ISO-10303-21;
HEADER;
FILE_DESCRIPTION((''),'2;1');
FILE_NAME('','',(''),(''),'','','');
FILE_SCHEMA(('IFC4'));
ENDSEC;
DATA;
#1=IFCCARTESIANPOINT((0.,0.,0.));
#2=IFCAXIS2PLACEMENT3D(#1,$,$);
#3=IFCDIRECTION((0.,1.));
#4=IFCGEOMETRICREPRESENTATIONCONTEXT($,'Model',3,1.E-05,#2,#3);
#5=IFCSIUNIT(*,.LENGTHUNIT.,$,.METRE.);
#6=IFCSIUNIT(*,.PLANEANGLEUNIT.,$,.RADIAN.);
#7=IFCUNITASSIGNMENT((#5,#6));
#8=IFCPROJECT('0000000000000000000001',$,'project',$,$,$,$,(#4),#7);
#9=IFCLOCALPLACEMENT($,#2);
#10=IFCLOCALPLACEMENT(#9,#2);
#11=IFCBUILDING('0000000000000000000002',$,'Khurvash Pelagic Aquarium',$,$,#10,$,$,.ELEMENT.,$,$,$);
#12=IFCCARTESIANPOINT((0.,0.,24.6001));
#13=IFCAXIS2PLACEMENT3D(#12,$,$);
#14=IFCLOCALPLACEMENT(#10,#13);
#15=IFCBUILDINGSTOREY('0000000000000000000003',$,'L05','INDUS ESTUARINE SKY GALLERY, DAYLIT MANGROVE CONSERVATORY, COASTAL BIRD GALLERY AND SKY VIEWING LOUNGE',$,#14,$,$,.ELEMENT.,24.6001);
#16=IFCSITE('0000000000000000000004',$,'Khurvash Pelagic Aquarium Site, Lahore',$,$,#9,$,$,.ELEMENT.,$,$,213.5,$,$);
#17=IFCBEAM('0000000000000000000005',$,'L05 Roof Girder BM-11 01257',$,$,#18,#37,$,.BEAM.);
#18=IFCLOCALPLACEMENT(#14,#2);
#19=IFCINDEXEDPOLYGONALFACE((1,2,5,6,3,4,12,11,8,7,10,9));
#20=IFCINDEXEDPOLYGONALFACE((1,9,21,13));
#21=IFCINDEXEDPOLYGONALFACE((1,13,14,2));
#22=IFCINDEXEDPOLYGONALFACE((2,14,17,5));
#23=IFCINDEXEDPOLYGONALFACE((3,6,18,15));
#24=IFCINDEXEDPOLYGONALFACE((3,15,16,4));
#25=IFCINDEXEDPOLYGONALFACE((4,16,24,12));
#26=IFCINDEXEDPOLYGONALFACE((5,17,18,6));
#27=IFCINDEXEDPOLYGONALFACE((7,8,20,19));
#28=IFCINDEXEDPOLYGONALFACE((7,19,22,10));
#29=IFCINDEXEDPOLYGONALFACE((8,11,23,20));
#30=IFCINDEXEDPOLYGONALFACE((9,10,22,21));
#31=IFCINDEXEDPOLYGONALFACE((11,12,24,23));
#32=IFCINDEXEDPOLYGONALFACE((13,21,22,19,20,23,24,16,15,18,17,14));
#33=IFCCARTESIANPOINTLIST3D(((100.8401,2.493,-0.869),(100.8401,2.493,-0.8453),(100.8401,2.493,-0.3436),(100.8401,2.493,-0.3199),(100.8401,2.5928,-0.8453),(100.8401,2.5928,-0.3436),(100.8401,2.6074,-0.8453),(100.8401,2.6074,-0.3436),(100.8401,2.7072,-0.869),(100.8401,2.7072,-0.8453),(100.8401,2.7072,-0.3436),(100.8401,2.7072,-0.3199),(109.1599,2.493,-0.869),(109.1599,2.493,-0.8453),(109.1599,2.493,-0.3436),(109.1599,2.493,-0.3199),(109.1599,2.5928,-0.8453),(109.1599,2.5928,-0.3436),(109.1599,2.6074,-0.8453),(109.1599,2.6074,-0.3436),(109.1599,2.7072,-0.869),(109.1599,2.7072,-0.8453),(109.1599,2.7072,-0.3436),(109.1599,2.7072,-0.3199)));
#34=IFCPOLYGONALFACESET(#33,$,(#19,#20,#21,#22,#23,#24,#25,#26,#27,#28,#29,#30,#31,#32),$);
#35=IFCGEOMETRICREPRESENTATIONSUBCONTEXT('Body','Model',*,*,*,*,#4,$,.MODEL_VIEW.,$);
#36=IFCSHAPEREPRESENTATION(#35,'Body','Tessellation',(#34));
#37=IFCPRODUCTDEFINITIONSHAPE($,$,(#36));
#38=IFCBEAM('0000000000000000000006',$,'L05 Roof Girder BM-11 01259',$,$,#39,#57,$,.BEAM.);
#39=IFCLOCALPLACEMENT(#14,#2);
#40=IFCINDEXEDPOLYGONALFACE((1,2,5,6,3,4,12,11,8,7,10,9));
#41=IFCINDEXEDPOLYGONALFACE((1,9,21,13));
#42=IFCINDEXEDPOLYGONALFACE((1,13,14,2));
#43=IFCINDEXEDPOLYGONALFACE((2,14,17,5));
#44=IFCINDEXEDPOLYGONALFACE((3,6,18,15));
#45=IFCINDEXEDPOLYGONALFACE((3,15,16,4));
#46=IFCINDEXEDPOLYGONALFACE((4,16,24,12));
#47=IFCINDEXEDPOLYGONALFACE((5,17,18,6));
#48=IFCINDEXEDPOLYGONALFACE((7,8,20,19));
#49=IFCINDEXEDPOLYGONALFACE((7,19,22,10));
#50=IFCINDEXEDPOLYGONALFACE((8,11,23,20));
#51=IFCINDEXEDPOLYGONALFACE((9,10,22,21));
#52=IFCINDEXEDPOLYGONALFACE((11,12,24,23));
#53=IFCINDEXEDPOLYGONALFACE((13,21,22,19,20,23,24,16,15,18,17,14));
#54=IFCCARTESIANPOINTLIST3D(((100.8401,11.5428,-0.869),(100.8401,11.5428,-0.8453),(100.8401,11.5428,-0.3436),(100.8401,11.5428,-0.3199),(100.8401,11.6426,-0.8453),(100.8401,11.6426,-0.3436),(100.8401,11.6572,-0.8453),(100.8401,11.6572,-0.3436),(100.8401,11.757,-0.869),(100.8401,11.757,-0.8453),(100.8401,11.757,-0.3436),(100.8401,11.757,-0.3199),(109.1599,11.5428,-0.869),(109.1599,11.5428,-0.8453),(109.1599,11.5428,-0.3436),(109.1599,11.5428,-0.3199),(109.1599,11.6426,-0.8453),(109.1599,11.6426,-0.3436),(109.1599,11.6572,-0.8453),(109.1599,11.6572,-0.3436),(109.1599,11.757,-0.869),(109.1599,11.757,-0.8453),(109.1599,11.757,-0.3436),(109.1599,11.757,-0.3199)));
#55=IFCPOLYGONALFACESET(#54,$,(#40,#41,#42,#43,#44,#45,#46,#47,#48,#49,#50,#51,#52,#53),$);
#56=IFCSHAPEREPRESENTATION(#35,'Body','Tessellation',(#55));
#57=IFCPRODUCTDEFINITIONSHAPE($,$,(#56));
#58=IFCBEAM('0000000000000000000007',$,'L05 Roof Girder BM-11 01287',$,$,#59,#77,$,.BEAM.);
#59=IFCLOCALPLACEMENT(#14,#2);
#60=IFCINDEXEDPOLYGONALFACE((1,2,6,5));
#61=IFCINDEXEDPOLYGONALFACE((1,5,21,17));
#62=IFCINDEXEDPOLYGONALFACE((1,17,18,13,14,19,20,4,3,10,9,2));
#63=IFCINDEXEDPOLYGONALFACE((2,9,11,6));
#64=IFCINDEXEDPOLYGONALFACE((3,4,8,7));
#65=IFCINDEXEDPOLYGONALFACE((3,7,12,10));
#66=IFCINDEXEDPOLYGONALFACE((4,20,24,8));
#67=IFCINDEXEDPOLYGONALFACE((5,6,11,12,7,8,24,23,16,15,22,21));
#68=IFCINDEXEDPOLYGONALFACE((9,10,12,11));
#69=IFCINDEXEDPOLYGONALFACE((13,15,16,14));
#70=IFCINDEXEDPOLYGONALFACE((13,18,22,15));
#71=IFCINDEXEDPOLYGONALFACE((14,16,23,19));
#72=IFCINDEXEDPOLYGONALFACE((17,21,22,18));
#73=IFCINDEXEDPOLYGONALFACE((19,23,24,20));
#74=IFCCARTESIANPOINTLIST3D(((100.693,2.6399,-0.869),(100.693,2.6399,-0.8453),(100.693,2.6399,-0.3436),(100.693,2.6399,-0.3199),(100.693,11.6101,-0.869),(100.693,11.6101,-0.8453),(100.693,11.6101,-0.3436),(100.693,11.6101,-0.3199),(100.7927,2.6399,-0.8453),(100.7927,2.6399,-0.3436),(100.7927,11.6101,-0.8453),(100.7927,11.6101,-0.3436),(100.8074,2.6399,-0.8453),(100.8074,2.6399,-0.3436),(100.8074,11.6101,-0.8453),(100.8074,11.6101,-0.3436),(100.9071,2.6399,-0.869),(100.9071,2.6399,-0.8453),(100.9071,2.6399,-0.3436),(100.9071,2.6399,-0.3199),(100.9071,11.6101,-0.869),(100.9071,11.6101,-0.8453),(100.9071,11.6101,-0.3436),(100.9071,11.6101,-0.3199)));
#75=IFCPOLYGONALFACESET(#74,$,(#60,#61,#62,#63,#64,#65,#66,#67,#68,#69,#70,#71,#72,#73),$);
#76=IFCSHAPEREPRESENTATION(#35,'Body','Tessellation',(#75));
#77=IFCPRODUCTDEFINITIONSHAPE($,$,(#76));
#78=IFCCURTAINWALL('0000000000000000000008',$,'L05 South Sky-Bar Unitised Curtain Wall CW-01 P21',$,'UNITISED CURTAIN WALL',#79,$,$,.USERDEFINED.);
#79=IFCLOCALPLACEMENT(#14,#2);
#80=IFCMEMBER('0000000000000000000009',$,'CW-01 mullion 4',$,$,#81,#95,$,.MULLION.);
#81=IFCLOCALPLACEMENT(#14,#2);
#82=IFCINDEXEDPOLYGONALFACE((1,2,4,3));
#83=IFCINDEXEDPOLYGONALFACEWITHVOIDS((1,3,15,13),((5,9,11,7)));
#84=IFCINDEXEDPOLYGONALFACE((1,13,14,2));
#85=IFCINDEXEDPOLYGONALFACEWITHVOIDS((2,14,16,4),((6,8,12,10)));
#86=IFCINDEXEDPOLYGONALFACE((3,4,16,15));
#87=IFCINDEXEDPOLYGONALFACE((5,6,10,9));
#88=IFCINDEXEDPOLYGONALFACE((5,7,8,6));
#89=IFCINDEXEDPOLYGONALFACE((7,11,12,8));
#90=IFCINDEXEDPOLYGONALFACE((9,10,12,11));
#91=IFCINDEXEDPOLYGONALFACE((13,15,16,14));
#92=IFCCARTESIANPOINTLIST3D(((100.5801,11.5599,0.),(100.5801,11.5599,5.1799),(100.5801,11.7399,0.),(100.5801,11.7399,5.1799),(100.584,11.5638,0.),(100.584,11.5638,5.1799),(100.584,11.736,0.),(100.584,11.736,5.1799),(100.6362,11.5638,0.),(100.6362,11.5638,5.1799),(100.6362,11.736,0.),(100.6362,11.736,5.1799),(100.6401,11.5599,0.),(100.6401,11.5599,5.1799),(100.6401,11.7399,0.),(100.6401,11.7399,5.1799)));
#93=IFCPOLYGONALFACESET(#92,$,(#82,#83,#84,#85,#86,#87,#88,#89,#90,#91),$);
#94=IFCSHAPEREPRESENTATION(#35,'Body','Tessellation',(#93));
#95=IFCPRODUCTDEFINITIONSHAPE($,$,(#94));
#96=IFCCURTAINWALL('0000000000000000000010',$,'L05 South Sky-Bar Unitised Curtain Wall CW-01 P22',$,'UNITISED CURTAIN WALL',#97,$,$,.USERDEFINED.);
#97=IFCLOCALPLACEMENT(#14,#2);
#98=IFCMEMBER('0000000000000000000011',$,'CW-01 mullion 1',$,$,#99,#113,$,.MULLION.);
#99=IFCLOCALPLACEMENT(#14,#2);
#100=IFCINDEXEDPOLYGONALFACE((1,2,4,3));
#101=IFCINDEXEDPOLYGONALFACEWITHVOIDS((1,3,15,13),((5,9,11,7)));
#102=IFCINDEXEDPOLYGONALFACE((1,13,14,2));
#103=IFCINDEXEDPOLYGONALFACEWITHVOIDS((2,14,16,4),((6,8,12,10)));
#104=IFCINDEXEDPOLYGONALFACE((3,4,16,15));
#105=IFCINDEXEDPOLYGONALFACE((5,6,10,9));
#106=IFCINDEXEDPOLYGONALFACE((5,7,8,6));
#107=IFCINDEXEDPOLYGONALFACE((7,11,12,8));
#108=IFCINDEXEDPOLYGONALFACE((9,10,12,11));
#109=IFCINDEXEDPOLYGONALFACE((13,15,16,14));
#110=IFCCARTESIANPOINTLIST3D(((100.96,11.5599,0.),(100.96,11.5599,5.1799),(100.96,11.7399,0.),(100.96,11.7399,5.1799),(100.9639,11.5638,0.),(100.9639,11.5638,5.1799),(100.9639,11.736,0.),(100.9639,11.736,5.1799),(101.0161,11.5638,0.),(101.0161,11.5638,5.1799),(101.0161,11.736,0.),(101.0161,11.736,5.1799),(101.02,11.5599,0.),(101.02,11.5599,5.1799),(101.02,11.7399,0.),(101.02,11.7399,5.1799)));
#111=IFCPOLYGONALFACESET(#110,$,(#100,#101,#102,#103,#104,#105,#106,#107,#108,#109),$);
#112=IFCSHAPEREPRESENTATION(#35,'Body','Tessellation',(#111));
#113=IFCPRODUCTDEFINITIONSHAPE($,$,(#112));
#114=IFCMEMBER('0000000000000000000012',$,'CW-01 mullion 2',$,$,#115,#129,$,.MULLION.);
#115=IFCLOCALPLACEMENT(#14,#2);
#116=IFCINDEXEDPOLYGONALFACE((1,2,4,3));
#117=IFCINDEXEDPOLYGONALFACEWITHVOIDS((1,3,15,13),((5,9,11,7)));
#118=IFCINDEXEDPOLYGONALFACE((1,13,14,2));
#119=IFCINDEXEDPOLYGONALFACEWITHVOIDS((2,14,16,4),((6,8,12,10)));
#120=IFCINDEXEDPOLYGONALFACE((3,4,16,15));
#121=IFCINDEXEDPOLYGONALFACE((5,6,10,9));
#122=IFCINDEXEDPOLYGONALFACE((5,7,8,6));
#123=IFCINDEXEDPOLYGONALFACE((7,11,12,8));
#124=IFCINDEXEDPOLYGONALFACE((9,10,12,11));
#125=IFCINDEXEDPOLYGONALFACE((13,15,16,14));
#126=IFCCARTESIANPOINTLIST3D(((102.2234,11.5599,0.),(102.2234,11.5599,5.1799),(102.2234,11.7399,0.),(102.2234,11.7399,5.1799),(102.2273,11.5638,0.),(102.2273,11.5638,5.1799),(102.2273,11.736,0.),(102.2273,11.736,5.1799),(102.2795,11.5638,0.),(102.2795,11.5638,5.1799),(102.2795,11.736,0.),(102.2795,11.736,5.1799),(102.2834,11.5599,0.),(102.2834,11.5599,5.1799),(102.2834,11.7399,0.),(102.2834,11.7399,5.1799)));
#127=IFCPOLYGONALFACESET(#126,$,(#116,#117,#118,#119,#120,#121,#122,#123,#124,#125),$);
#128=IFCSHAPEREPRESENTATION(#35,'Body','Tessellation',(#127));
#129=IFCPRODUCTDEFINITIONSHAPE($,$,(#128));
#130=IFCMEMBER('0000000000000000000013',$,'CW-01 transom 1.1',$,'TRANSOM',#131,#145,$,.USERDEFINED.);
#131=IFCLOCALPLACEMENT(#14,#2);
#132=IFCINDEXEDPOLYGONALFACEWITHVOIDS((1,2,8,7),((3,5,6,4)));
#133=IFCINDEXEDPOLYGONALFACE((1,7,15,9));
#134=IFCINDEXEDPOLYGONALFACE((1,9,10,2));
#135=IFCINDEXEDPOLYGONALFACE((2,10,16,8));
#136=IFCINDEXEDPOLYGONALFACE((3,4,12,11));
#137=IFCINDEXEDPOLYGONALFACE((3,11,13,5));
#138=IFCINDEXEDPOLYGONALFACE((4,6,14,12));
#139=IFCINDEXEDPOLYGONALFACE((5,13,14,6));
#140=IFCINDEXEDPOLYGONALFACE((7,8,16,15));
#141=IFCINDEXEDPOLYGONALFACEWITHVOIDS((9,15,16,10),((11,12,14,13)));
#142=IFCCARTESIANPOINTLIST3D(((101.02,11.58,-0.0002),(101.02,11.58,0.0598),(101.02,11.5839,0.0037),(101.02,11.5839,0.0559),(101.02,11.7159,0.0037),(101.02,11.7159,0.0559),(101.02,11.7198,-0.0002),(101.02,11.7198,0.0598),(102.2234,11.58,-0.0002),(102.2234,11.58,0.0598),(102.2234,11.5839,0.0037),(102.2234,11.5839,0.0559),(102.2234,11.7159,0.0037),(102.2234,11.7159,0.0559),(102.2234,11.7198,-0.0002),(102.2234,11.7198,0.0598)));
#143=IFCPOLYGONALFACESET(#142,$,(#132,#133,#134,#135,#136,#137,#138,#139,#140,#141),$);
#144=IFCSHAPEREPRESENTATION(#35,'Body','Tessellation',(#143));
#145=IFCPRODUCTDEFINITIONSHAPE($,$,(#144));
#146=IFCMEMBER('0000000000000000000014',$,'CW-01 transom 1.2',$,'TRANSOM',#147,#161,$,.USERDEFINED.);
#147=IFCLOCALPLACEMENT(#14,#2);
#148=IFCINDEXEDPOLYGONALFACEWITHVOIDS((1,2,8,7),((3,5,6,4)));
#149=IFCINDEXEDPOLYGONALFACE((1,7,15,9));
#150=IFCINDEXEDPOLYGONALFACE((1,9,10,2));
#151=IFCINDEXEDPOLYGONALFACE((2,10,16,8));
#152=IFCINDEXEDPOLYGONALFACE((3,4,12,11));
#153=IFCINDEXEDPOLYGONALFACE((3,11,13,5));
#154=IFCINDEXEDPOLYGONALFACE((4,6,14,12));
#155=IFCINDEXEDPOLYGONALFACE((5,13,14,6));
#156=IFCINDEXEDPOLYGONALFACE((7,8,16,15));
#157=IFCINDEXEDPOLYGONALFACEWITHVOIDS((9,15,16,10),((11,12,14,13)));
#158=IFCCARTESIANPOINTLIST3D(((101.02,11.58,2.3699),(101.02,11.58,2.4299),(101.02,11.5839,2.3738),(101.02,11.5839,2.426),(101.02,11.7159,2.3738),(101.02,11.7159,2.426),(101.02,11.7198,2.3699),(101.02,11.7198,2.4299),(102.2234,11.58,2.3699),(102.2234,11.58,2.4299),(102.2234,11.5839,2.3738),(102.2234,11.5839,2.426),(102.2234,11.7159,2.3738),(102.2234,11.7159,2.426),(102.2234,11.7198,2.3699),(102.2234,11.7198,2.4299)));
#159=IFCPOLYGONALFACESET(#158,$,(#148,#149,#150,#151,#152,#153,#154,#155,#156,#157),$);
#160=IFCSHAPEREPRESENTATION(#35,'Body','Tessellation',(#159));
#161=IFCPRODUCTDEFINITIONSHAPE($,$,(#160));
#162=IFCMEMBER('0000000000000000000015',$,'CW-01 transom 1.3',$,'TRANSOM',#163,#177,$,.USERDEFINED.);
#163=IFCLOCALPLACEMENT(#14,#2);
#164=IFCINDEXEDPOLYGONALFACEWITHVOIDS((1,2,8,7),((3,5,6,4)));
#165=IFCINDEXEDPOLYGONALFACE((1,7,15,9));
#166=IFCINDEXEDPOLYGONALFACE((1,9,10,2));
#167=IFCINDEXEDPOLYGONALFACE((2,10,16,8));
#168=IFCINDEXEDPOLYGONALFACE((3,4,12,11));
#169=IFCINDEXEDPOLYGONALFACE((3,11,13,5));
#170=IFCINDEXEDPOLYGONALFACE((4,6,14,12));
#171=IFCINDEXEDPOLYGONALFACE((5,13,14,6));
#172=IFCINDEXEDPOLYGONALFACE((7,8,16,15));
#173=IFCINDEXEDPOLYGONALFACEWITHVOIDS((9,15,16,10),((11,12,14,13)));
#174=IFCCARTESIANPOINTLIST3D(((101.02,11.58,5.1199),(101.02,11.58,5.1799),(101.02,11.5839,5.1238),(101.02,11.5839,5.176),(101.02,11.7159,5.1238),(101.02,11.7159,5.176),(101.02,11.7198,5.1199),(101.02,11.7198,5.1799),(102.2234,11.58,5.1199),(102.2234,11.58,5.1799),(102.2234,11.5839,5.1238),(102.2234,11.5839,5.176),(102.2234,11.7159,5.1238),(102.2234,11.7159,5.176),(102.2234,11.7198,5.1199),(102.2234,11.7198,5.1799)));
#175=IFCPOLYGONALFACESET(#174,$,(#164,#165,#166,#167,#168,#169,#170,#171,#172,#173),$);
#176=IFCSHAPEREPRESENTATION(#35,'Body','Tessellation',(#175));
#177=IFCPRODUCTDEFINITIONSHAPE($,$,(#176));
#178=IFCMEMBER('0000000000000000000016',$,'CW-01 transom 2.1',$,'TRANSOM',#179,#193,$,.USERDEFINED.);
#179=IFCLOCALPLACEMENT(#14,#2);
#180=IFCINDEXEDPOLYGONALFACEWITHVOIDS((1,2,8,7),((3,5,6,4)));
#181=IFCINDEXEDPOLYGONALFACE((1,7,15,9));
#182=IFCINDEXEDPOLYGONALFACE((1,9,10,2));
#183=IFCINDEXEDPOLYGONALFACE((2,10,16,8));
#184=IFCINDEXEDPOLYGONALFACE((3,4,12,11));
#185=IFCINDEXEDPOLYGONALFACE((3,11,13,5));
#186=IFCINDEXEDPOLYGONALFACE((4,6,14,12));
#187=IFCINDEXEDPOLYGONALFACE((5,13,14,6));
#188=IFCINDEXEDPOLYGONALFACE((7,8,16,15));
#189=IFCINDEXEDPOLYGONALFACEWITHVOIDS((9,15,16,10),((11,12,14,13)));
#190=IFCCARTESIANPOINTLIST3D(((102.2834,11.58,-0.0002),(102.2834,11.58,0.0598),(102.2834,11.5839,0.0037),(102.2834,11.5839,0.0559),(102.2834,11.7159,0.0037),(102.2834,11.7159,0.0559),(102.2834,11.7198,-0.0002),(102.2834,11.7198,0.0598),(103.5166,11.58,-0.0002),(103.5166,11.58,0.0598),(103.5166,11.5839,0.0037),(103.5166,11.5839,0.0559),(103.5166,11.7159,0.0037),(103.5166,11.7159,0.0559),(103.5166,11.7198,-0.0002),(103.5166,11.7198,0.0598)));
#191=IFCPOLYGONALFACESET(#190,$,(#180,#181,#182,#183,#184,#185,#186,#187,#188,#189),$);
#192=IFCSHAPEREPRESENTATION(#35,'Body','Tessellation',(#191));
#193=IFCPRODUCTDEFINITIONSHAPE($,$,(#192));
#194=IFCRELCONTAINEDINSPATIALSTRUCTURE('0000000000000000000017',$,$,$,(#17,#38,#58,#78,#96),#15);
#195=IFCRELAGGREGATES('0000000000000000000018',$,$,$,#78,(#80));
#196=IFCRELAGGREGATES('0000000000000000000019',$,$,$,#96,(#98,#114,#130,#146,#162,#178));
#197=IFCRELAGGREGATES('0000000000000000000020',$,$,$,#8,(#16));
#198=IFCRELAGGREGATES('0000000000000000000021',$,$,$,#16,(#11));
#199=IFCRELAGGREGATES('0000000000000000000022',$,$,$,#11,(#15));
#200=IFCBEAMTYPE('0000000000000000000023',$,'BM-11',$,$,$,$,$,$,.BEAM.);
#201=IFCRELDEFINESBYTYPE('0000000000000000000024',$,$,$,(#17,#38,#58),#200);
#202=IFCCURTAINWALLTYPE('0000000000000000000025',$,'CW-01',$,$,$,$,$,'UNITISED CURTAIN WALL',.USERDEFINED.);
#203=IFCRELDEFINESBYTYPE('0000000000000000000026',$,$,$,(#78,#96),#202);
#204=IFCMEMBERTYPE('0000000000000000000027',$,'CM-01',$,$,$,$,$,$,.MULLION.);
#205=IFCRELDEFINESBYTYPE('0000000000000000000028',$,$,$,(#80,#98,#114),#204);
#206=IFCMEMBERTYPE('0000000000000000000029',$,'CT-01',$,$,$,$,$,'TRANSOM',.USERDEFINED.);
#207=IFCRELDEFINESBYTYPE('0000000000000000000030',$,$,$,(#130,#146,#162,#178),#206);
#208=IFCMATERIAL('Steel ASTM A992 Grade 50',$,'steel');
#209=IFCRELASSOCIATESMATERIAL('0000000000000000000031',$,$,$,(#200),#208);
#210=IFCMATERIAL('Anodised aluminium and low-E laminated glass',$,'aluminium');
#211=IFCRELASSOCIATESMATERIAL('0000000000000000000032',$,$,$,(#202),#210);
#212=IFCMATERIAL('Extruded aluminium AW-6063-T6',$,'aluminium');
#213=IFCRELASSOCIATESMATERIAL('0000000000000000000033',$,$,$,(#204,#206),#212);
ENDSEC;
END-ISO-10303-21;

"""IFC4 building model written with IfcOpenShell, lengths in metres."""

from ifc_helpers import new_model, si_unit, direction, frame, origin, origin_2d, place, context, subcontext, project, spatial, hollow_rectangle, i_section, extrude, material, material_profile, profile_set, type_object, element, aggregate, save


model = new_model("IFC4")

# Units and contexts
model_context = context("Model", 3, precision=1e-05, world=origin(), true_north=direction((0.0, 1.0)))
body_context = subcontext(model_context, "Body", "Model", "MODEL_VIEW")
ifc_project = project(units=[si_unit("LENGTHUNIT", "METRE"), si_unit("PLANEANGLEUNIT", "RADIAN")], contexts=[model_context])

# Site, building, storey
site_placement = place(None, origin())
site = spatial("IfcSite", under=ifc_project, at=site_placement, Name="Khurvash Pelagic Aquarium Site, Lahore", CompositionType="ELEMENT", RefElevation=213.5)
building_placement = place(site_placement, origin())
building = spatial("IfcBuilding", under=site, at=building_placement, Name="Khurvash Pelagic Aquarium", CompositionType="ELEMENT")
storey_placement = place(building_placement, frame((0.0, 0.0, 24.6001)))
storey = spatial("IfcBuildingStorey", under=building, at=storey_placement, Name="L05", Description="INDUS ESTUARINE SKY GALLERY, DAYLIT MANGROVE CONSERVATORY, COASTAL BIRD GALLERY AND SKY VIEWING LOUNGE", CompositionType="ELEMENT", Elevation=24.6001)

# Beams
ifc_material_1 = material(Name="Steel ASTM A992 Grade 50", Category="steel")
ifc_material_profile_1 = material_profile(ifc_material_1, i_section(OverallWidth=0.2141, OverallDepth=0.5491, WebThickness=0.0146, FlangeThickness=0.0237, at=origin_2d()), Name="W21X93")
ifc_profile_set_1 = profile_set([ifc_material_profile_1], Name="Steel ASTM A992 Grade 50")
beam_type_1 = type_object("IfcBeamType", Name="BM-11", PredefinedType="BEAM", material=ifc_profile_set_1)
for number, where, z_axis, x_axis, name in (
    (1, (100.8401, 2.6001, -0.5945), (1.0, 0.0, 0.0), (0.0, 1.0, 0.0), "L05 Roof Girder BM-11 01257"),
    (2, (100.8401, 11.6499, -0.5945), (1.0, 0.0, 0.0), (0.0, 1.0, 0.0), "L05 Roof Girder BM-11 01259"),
):
    element("IfcBeam", number, at=place(storey_placement, frame(where, z_axis=z_axis, x_axis=x_axis)), inside=storey, type_object=beam_type_1, Name=name, PredefinedType="BEAM", context=body_context, shape_type="SweptSolid", body=[
        extrude(i_section(OverallWidth=0.2141, OverallDepth=0.5491, WebThickness=0.0146, FlangeThickness=0.0237, at=origin_2d()), origin(), (0.0, 0.0, 1.0), 8.3198),
    ])
beam_1_placement = place(storey_placement, frame((100.8, 2.6399, -0.5945), z_axis=(0.0, 1.0, 0.0), x_axis=(-1.0, 0.0, 0.0)))
element("IfcBeam", 3, at=beam_1_placement, inside=storey, type_object=beam_type_1, Name="L05 Roof Girder BM-11 01287", PredefinedType="BEAM", context=body_context, shape_type="SweptSolid", body=[
    extrude(i_section(OverallWidth=0.2141, OverallDepth=0.5491, WebThickness=0.0146, FlangeThickness=0.0237, at=origin_2d()), origin(), (0.0, 0.0, 1.0), 8.9702),
])

# Curtain wall, member
ifc_material_2 = material(Name="Anodised aluminium and low-E laminated glass", Category="aluminium")
curtain_wall_type = type_object("IfcCurtainWallType", Name="CW-01", ElementType="UNITISED CURTAIN WALL", PredefinedType="USERDEFINED", material=ifc_material_2)
curtain_wall_1_placement = place(storey_placement, origin())
curtain_wall_1 = element("IfcCurtainWall", 4, at=curtain_wall_1_placement, inside=storey, type_object=curtain_wall_type, Name="L05 South Sky-Bar Unitised Curtain Wall CW-01 P21", ObjectType="UNITISED CURTAIN WALL", PredefinedType="USERDEFINED")
ifc_material_3 = material(Name="Extruded aluminium AW-6063-T6", Category="aluminium")
ifc_material_profile_2 = material_profile(ifc_material_3, hollow_rectangle(XDim=0.0601, YDim=0.1799, WallThickness=0.0039, at=origin_2d()), Name="CWM60X180X4")
ifc_profile_set_2 = profile_set([ifc_material_profile_2], Name="Extruded aluminium AW-6063-T6")
member_type_1 = type_object("IfcMemberType", Name="CM-01", PredefinedType="MULLION", material=ifc_profile_set_2)
member_1_placement = place(storey_placement, frame((100.6101, 11.6499, 0.0), z_axis=(0.0, 0.0, 1.0), x_axis=(1.0, 0.0, 0.0)))
member_1 = element("IfcMember", 5, at=member_1_placement, type_object=member_type_1, Name="CW-01 mullion 4", PredefinedType="MULLION", context=body_context, shape_type="SweptSolid", body=[
    extrude(hollow_rectangle(XDim=0.0601, YDim=0.1799, WallThickness=0.0039, at=origin_2d()), origin(), (0.0, 0.0, 1.0), 5.1799),
])

# Curtain wall, members
curtain_wall_2_placement = place(storey_placement, origin())
curtain_wall_2 = element("IfcCurtainWall", 6, at=curtain_wall_2_placement, inside=storey, type_object=curtain_wall_type, Name="L05 South Sky-Bar Unitised Curtain Wall CW-01 P22", ObjectType="UNITISED CURTAIN WALL", PredefinedType="USERDEFINED")
member_2_placement = place(storey_placement, frame((100.99, 11.6499, 0.0), z_axis=(0.0, 0.0, 1.0), x_axis=(1.0, 0.0, 0.0)))
member_2 = element("IfcMember", 7, at=member_2_placement, type_object=member_type_1, Name="CW-01 mullion 1", PredefinedType="MULLION", context=body_context, shape_type="SweptSolid", body=[
    extrude(hollow_rectangle(XDim=0.0601, YDim=0.1799, WallThickness=0.0039, at=origin_2d()), origin(), (0.0, 0.0, 1.0), 5.1799),
])
member_3_placement = place(storey_placement, frame((102.2534, 11.6499, 0.0), z_axis=(0.0, 0.0, 1.0), x_axis=(1.0, 0.0, 0.0)))
member_3 = element("IfcMember", 8, at=member_3_placement, type_object=member_type_1, Name="CW-01 mullion 2", PredefinedType="MULLION", context=body_context, shape_type="SweptSolid", body=[
    extrude(hollow_rectangle(XDim=0.0601, YDim=0.1799, WallThickness=0.0039, at=origin_2d()), origin(), (0.0, 0.0, 1.0), 5.1799),
])
ifc_material_profile_3 = material_profile(ifc_material_3, hollow_rectangle(XDim=0.1399, YDim=0.0601, WallThickness=0.0039, at=origin_2d()), Name="CWT140X60X4")
ifc_profile_set_3 = profile_set([ifc_material_profile_3], Name="Extruded aluminium AW-6063-T6")
member_type_2 = type_object("IfcMemberType", Name="CT-01", ElementType="TRANSOM", PredefinedType="USERDEFINED", material=ifc_profile_set_3)
member_4_placement = place(storey_placement, frame((101.02, 11.6499, 0.0298), z_axis=(1.0, 0.0, 0.0), x_axis=(0.0, 1.0, 0.0)))
member_4 = element("IfcMember", 9, at=member_4_placement, type_object=member_type_2, Name="CW-01 transom 1.1", ObjectType="TRANSOM", PredefinedType="USERDEFINED", context=body_context, shape_type="SweptSolid", body=[
    extrude(hollow_rectangle(XDim=0.1399, YDim=0.0601, WallThickness=0.0039, at=origin_2d()), origin(), (0.0, 0.0, 1.0), 1.2034),
])
member_5_placement = place(storey_placement, frame((101.02, 11.6499, 2.3999), z_axis=(1.0, 0.0, 0.0), x_axis=(0.0, 1.0, 0.0)))
member_5 = element("IfcMember", 10, at=member_5_placement, type_object=member_type_2, Name="CW-01 transom 1.2", ObjectType="TRANSOM", PredefinedType="USERDEFINED", context=body_context, shape_type="SweptSolid", body=[
    extrude(hollow_rectangle(XDim=0.1399, YDim=0.0601, WallThickness=0.0039, at=origin_2d()), origin(), (0.0, 0.0, 1.0), 1.2034),
])
member_6_placement = place(storey_placement, frame((101.02, 11.6499, 5.1499), z_axis=(1.0, 0.0, 0.0), x_axis=(0.0, 1.0, 0.0)))
member_6 = element("IfcMember", 11, at=member_6_placement, type_object=member_type_2, Name="CW-01 transom 1.3", ObjectType="TRANSOM", PredefinedType="USERDEFINED", context=body_context, shape_type="SweptSolid", body=[
    extrude(hollow_rectangle(XDim=0.1399, YDim=0.0601, WallThickness=0.0039, at=origin_2d()), origin(), (0.0, 0.0, 1.0), 1.2034),
])
member_7_placement = place(storey_placement, frame((102.2834, 11.6499, 0.0298), z_axis=(1.0, 0.0, 0.0), x_axis=(0.0, 1.0, 0.0)))
member_7 = element("IfcMember", 12, at=member_7_placement, type_object=member_type_2, Name="CW-01 transom 2.1", ObjectType="TRANSOM", PredefinedType="USERDEFINED", context=body_context, shape_type="SweptSolid", body=[
    extrude(hollow_rectangle(XDim=0.1399, YDim=0.0601, WallThickness=0.0039, at=origin_2d()), origin(), (0.0, 0.0, 1.0), 1.2332),
])

aggregate(curtain_wall_1, [member_1])
aggregate(curtain_wall_2, [member_2, member_3, member_4, member_5, member_6, member_7])

save(model, "model.ifc")
